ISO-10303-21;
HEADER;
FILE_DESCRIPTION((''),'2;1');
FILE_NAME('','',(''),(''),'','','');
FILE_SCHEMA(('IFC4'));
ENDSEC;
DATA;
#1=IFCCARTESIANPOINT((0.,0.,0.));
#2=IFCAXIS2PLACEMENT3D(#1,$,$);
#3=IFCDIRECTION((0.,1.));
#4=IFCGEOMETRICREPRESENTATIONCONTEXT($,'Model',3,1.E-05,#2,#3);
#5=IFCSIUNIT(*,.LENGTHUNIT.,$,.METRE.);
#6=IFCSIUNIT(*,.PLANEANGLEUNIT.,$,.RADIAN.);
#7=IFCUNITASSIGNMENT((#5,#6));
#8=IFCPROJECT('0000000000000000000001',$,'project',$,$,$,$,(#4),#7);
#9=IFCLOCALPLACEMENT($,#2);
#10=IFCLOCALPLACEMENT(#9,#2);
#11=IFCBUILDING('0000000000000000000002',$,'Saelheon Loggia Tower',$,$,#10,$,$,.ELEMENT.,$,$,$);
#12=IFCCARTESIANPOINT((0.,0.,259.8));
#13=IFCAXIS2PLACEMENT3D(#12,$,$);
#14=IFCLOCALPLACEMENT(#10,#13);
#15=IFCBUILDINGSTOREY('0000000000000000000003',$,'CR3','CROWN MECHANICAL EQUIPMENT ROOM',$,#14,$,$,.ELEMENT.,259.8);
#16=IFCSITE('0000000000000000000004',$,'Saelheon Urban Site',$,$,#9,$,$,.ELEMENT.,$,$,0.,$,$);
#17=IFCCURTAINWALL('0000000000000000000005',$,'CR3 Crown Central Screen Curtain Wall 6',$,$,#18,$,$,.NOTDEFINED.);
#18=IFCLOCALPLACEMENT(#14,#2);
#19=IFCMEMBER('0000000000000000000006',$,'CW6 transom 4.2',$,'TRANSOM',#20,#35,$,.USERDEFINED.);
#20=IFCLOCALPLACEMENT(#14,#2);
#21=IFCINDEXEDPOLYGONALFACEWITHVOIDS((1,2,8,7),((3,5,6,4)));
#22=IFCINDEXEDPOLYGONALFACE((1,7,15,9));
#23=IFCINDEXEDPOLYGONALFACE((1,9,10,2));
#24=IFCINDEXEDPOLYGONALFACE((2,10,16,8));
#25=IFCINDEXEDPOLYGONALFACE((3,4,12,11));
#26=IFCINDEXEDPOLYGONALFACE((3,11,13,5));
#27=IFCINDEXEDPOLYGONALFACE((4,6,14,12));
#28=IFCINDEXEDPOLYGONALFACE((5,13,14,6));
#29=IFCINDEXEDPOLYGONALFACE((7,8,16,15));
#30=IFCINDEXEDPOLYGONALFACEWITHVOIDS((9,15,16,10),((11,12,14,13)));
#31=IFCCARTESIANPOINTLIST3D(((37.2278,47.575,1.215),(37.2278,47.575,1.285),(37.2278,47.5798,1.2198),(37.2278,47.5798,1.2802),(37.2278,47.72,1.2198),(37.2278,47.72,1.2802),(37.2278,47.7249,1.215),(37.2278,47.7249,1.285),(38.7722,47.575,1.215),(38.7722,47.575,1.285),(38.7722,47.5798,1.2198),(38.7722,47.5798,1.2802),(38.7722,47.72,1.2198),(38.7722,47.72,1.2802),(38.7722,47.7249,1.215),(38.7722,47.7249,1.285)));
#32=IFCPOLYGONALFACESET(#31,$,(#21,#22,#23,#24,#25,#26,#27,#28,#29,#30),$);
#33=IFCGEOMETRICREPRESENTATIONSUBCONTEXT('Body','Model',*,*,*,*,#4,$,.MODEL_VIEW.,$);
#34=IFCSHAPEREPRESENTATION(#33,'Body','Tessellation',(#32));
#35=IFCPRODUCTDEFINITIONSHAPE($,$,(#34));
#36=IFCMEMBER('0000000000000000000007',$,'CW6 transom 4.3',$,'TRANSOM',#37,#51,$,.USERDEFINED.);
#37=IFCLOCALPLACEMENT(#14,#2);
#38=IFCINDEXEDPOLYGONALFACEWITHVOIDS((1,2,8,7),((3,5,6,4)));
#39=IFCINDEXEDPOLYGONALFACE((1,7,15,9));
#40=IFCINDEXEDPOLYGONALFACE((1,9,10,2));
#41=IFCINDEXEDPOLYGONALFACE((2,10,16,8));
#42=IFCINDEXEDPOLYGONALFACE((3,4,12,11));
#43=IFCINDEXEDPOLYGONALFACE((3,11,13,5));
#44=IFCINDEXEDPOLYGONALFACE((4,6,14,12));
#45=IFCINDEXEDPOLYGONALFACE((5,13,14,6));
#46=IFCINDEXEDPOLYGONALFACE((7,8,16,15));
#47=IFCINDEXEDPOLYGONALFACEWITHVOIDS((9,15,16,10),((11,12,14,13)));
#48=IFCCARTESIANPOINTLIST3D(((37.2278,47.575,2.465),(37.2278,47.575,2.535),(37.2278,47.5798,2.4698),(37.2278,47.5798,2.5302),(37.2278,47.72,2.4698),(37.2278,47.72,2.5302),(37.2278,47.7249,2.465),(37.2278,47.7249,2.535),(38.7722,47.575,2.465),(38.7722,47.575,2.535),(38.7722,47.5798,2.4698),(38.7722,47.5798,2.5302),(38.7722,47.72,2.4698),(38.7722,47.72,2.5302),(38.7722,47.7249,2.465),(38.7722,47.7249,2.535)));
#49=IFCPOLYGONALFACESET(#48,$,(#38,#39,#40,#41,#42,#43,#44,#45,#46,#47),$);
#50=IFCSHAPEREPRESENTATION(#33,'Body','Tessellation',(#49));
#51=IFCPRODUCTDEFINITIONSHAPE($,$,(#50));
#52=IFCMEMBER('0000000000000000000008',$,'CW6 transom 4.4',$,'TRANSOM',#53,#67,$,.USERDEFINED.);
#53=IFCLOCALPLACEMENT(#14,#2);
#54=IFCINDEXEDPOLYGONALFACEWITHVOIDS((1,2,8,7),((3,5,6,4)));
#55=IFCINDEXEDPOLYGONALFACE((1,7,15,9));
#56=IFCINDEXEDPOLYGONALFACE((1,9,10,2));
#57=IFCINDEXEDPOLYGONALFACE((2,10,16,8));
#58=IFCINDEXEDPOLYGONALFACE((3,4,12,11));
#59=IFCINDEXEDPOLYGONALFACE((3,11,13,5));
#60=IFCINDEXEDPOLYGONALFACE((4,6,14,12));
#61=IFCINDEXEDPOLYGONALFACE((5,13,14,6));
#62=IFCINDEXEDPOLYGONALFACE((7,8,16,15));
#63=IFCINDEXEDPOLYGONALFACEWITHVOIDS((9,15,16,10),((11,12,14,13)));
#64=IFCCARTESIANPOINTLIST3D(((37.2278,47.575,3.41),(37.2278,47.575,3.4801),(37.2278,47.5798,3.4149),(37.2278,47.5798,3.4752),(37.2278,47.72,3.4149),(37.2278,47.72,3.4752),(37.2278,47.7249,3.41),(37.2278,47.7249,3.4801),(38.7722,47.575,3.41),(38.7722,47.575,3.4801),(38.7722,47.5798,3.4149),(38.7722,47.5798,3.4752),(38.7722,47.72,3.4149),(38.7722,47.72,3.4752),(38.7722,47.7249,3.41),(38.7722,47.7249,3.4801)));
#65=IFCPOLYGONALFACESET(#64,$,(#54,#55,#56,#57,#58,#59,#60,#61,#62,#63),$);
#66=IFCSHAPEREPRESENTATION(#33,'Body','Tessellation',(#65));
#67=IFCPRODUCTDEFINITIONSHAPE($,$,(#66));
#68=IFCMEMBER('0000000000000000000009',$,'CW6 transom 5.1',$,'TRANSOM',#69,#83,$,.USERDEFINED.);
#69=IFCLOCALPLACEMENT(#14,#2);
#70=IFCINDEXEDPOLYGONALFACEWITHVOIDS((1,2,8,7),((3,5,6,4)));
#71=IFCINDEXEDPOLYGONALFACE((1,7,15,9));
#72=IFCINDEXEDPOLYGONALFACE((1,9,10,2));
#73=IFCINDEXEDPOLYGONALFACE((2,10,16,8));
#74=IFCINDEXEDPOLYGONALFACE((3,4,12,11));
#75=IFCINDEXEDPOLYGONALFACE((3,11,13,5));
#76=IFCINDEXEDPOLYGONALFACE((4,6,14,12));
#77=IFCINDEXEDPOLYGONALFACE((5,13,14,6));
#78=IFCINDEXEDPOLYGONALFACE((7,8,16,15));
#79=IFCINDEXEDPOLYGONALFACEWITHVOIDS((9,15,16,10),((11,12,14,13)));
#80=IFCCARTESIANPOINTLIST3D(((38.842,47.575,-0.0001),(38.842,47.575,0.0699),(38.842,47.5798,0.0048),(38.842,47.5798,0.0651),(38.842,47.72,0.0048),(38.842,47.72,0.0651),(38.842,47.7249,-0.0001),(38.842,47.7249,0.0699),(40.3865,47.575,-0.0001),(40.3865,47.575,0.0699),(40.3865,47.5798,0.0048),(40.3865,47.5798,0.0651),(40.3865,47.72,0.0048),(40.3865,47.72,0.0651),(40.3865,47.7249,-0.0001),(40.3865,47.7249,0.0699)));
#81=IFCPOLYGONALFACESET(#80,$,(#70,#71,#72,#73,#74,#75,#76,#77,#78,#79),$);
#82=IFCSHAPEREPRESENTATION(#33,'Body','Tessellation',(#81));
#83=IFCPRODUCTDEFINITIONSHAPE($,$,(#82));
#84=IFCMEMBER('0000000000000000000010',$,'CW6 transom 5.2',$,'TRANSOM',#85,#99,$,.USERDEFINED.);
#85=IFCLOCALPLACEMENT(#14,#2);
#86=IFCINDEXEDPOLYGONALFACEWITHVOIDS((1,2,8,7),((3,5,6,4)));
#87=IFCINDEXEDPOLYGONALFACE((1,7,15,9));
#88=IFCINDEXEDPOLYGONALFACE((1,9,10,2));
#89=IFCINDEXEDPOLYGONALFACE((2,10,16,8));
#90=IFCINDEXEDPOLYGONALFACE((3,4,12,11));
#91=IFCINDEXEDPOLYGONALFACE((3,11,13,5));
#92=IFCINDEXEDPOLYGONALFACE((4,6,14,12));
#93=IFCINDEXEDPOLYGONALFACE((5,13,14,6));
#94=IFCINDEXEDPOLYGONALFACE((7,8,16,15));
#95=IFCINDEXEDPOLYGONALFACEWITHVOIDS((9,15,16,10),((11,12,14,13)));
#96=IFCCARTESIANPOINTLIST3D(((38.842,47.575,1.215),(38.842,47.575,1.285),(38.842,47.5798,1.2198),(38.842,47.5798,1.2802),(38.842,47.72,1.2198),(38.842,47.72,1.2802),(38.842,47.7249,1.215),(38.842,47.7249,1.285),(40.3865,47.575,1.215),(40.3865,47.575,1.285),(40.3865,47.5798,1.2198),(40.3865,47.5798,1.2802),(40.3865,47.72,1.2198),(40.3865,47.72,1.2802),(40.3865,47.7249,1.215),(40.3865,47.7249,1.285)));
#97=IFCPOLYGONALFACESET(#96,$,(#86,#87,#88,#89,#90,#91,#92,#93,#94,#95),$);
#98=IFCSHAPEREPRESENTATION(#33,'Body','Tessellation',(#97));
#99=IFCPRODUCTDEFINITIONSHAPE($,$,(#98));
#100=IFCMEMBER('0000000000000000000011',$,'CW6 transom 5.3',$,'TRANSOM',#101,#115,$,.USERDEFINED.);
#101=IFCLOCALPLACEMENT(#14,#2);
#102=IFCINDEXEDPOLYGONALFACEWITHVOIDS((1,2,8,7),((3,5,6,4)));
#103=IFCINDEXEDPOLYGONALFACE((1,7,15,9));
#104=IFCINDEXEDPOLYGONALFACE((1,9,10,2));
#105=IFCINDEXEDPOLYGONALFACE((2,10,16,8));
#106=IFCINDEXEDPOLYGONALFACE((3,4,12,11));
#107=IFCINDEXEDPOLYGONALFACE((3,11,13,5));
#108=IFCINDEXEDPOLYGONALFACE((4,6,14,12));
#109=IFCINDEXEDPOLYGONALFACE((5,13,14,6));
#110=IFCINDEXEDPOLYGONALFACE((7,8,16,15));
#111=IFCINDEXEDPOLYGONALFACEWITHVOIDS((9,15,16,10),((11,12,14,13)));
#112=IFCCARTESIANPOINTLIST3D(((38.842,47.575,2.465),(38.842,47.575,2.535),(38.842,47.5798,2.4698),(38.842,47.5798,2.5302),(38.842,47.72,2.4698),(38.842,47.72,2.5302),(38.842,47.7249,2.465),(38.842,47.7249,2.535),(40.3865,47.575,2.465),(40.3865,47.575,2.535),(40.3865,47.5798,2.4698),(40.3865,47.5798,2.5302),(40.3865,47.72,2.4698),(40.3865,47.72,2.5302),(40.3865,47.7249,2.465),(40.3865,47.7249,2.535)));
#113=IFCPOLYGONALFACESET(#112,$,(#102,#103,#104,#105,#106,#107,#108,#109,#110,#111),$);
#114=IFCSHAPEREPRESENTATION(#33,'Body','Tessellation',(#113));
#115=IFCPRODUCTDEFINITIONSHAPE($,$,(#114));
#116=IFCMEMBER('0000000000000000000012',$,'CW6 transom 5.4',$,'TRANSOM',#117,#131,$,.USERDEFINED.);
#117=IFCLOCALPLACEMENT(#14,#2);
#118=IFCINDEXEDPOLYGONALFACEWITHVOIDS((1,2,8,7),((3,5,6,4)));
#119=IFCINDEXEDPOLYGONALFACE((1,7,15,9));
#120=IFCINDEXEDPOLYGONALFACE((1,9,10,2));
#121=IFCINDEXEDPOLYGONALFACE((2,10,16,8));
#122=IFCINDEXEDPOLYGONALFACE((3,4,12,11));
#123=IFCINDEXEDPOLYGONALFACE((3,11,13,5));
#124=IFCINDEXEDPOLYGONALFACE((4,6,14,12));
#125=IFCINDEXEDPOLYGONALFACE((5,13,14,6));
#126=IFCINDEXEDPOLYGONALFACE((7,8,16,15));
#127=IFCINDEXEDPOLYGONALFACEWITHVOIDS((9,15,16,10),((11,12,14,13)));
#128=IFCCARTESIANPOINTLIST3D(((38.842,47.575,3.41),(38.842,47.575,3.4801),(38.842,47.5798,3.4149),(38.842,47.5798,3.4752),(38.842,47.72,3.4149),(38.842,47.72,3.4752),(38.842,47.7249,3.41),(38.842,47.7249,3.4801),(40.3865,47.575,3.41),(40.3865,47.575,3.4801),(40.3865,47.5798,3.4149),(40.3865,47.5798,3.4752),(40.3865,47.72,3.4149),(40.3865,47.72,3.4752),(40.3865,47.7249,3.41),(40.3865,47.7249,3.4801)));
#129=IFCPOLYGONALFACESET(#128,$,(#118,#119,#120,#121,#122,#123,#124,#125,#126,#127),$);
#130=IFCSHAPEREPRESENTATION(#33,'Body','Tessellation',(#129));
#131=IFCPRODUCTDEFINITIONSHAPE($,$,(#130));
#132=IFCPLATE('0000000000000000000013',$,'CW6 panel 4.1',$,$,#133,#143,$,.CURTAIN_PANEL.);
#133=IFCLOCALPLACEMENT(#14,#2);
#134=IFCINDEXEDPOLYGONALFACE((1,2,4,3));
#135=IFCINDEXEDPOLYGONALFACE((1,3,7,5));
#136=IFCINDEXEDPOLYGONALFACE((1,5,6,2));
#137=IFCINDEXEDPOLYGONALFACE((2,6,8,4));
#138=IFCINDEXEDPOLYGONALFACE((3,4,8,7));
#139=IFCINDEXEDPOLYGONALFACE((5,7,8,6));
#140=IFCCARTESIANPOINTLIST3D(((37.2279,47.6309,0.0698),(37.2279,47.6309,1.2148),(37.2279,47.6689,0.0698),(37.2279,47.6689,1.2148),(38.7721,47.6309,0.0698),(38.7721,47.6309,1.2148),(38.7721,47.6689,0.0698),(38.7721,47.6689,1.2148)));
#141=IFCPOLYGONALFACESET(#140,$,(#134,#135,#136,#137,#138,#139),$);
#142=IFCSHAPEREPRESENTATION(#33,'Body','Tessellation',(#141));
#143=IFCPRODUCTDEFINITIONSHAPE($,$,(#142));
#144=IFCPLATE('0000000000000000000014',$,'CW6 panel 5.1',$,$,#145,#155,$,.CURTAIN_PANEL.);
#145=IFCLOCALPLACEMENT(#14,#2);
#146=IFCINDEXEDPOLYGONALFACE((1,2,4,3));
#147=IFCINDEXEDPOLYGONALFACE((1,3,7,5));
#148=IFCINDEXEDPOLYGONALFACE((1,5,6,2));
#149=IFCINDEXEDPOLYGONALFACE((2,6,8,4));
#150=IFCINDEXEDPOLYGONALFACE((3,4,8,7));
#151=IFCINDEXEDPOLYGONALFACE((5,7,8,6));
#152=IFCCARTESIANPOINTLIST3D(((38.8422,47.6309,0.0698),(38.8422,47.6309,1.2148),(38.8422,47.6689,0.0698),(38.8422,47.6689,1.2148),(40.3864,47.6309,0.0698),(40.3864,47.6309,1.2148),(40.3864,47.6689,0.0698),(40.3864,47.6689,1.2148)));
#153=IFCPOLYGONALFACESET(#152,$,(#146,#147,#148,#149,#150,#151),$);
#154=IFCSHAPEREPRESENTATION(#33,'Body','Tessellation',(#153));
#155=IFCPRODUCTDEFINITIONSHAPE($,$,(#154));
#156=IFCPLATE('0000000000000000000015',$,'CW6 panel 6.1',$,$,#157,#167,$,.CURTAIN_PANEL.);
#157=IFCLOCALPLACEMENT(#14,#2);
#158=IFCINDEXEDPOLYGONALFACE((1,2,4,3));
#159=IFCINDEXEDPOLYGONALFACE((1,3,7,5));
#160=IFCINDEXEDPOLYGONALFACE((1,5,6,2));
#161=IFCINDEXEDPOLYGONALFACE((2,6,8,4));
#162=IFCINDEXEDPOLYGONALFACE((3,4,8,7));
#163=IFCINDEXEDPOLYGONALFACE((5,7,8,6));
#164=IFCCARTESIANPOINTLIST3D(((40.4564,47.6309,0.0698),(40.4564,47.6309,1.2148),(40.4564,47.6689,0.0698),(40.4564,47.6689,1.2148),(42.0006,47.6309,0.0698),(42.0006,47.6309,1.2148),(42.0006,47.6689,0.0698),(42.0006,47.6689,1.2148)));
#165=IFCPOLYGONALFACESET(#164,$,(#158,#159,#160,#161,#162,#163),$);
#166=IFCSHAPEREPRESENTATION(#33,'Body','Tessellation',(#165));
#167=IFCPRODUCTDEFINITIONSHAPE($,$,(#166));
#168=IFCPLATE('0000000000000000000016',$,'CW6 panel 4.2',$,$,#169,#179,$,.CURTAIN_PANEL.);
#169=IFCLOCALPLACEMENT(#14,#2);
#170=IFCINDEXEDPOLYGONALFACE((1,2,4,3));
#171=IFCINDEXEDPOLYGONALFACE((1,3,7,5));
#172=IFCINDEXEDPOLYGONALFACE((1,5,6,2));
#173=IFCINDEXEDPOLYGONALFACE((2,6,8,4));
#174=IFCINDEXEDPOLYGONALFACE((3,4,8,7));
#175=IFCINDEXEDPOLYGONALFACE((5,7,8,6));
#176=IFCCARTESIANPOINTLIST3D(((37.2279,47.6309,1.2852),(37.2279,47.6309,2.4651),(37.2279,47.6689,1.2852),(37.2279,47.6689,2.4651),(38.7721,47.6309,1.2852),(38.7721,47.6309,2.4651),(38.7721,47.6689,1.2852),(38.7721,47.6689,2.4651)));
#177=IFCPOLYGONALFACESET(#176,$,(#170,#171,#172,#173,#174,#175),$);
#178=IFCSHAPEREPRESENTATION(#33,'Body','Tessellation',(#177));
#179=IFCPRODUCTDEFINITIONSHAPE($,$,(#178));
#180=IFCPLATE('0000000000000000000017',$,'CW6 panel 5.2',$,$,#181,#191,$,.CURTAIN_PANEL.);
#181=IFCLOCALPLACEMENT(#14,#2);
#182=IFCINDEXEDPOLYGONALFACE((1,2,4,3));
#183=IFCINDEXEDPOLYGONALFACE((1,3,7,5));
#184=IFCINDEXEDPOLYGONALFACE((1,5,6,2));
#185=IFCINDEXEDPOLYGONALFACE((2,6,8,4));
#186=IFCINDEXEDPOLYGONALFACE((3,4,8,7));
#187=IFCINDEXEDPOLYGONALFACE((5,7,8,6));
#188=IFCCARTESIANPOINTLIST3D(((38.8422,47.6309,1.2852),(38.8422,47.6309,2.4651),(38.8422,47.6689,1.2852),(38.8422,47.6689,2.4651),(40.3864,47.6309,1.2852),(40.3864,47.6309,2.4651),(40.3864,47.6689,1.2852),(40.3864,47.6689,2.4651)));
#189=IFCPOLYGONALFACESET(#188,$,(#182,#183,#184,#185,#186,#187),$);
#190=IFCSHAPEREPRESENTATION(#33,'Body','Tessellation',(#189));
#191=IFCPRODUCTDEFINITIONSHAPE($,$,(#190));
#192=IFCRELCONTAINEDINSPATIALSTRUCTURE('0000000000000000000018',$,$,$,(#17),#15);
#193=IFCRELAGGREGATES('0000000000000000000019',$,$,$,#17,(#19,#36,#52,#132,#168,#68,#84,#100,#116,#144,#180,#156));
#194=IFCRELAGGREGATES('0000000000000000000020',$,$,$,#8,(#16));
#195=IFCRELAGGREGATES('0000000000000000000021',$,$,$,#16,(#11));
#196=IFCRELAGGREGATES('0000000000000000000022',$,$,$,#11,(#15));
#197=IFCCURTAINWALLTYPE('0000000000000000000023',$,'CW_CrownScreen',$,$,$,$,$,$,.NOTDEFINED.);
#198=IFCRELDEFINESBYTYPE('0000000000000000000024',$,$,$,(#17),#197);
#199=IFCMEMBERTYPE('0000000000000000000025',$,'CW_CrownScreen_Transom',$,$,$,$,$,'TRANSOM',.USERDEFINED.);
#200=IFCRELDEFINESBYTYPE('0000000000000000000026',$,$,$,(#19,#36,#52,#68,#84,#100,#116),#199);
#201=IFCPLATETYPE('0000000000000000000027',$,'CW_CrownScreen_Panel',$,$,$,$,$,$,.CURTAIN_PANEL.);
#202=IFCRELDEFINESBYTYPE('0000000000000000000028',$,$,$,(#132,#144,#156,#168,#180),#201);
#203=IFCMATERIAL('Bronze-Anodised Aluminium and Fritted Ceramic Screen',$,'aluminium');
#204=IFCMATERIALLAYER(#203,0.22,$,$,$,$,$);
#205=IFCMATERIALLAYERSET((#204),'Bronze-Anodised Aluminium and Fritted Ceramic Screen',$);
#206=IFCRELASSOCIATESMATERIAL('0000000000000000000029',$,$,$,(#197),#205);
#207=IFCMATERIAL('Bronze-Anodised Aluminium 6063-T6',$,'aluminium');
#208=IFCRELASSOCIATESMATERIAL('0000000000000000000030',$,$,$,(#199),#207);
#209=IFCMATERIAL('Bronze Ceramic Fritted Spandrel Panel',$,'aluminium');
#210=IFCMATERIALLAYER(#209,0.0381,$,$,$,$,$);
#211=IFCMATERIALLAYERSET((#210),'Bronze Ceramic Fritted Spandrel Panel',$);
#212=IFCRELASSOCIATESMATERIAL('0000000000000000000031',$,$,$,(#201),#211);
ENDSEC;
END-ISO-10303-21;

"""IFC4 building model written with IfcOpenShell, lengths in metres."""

from ifc_helpers import new_model, si_unit, direction, frame, origin, origin_2d, place, context, subcontext, project, spatial, rectangle, hollow_rectangle, extrude, source, transform, mapped, material, layer, layer_set, material_profile, profile_set, type_object, element, aggregate, save


model = new_model("IFC4")

# Units and contexts
model_context = context("Model", 3, precision=1e-05, world=origin(), true_north=direction((0.0, 1.0)))
body_context = subcontext(model_context, "Body", "Model", "MODEL_VIEW")
ifc_project = project(units=[si_unit("LENGTHUNIT", "METRE"), si_unit("PLANEANGLEUNIT", "RADIAN")], contexts=[model_context])

# Site, building, storey
site_placement = place(None, origin())
site = spatial("IfcSite", under=ifc_project, at=site_placement, Name="Saelheon Urban Site", CompositionType="ELEMENT", RefElevation=0.0)
building_placement = place(site_placement, origin())
building = spatial("IfcBuilding", under=site, at=building_placement, Name="Saelheon Loggia Tower", CompositionType="ELEMENT")
storey_placement = place(building_placement, frame((0.0, 0.0, 259.8)))
storey = spatial("IfcBuildingStorey", under=building, at=storey_placement, Name="CR3", Description="CROWN MECHANICAL EQUIPMENT ROOM", CompositionType="ELEMENT", Elevation=259.8)

# Curtain wall, members, plates
ifc_material_1 = material(Name="Bronze-Anodised Aluminium and Fritted Ceramic Screen", Category="aluminium")
ifc_layer_1 = layer(ifc_material_1, 0.22)
ifc_layer_set_1 = layer_set([ifc_layer_1], Name="Bronze-Anodised Aluminium and Fritted Ceramic Screen")
curtain_wall_type = type_object("IfcCurtainWallType", Name="CW_CrownScreen", PredefinedType="NOTDEFINED", material=ifc_layer_set_1)
curtain_wall_placement = place(storey_placement, origin())
curtain_wall = element("IfcCurtainWall", 1, at=curtain_wall_placement, inside=storey, type_object=curtain_wall_type, Name="CR3 Crown Central Screen Curtain Wall 6", PredefinedType="NOTDEFINED")
ifc_material_2 = material(Name="Bronze-Anodised Aluminium 6063-T6", Category="aluminium")
ifc_material_profile_1 = material_profile(ifc_material_2, hollow_rectangle(XDim=0.0701, YDim=0.1499, WallThickness=0.0049, at=origin_2d()), Name="RHS-150x70x5")
ifc_profile_set_1 = profile_set([ifc_material_profile_1], Name="Bronze-Anodised Aluminium 6063-T6")
member_type_1 = type_object("IfcMemberType", Name="CW_CrownScreen_Transom", ElementType="TRANSOM", PredefinedType="USERDEFINED", material=ifc_profile_set_1)
shared_shape_1 = source(origin(), body_context, "Body", "SweptSolid", [
    extrude(hollow_rectangle(XDim=0.0701, YDim=0.1499, WallThickness=0.0049, at=origin_2d()), origin(), (0.0, 0.0, 1.0), 1.5444),
])
member_1_placement = place(storey_placement, frame((37.2278, 47.6499, 1.25), z_axis=(1.0, 0.0, 0.0), x_axis=(0.0, 0.0, 1.0)))
member_1 = element("IfcMember", 2, at=member_1_placement, type_object=member_type_1, Name="CW6 transom 4.2", ObjectType="TRANSOM", PredefinedType="USERDEFINED", context=body_context, shape_type="MappedRepresentation", body=[
    mapped(shared_shape_1, transform((0.0, 0.0, 0.0), scale=1.0)),
])
member_2_placement = place(storey_placement, frame((37.2278, 47.6499, 2.5), z_axis=(1.0, 0.0, 0.0), x_axis=(0.0, 0.0, 1.0)))
member_2 = element("IfcMember", 3, at=member_2_placement, type_object=member_type_1, Name="CW6 transom 4.3", ObjectType="TRANSOM", PredefinedType="USERDEFINED", context=body_context, shape_type="MappedRepresentation", body=[
    mapped(shared_shape_1, transform((0.0, 0.0, 0.0), scale=1.0)),
])
member_3_placement = place(storey_placement, frame((37.2278, 47.6499, 3.4451), z_axis=(1.0, 0.0, 0.0), x_axis=(0.0, 0.0, 1.0)))
member_3 = element("IfcMember", 4, at=member_3_placement, type_object=member_type_1, Name="CW6 transom 4.4", ObjectType="TRANSOM", PredefinedType="USERDEFINED", context=body_context, shape_type="MappedRepresentation", body=[
    mapped(shared_shape_1, transform((0.0, 0.0, 0.0), scale=1.0)),
])
member_4_placement = place(storey_placement, frame((38.842, 47.6499, 0.0349), z_axis=(1.0, 0.0, 0.0), x_axis=(0.0, 0.0, 1.0)))
member_4 = element("IfcMember", 5, at=member_4_placement, type_object=member_type_1, Name="CW6 transom 5.1", ObjectType="TRANSOM", PredefinedType="USERDEFINED", context=body_context, shape_type="MappedRepresentation", body=[
    mapped(shared_shape_1, transform((0.0, 0.0, 0.0), scale=1.0)),
])
member_5_placement = place(storey_placement, frame((38.842, 47.6499, 1.25), z_axis=(1.0, 0.0, 0.0), x_axis=(0.0, 0.0, 1.0)))
member_5 = element("IfcMember", 6, at=member_5_placement, type_object=member_type_1, Name="CW6 transom 5.2", ObjectType="TRANSOM", PredefinedType="USERDEFINED", context=body_context, shape_type="MappedRepresentation", body=[
    mapped(shared_shape_1, transform((0.0, 0.0, 0.0), scale=1.0)),
])
member_6_placement = place(storey_placement, frame((38.842, 47.6499, 2.5), z_axis=(1.0, 0.0, 0.0), x_axis=(0.0, 0.0, 1.0)))
member_6 = element("IfcMember", 7, at=member_6_placement, type_object=member_type_1, Name="CW6 transom 5.3", ObjectType="TRANSOM", PredefinedType="USERDEFINED", context=body_context, shape_type="MappedRepresentation", body=[
    mapped(shared_shape_1, transform((0.0, 0.0, 0.0), scale=1.0)),
])
member_7_placement = place(storey_placement, frame((38.842, 47.6499, 3.4451), z_axis=(1.0, 0.0, 0.0), x_axis=(0.0, 0.0, 1.0)))
member_7 = element("IfcMember", 8, at=member_7_placement, type_object=member_type_1, Name="CW6 transom 5.4", ObjectType="TRANSOM", PredefinedType="USERDEFINED", context=body_context, shape_type="MappedRepresentation", body=[
    mapped(shared_shape_1, transform((0.0, 0.0, 0.0), scale=1.0)),
])
ifc_material_3 = material(Name="Bronze Ceramic Fritted Spandrel Panel", Category="aluminium")
ifc_layer_2 = layer(ifc_material_3, 0.0381)
ifc_layer_set_2 = layer_set([ifc_layer_2], Name="Bronze Ceramic Fritted Spandrel Panel")
plate_type = type_object("IfcPlateType", Name="CW_CrownScreen_Panel", PredefinedType="CURTAIN_PANEL", material=ifc_layer_set_2)
shared_shape_2 = source(origin(), body_context, "Body", "SweptSolid", [
    extrude(rectangle(XDim=1.5442, YDim=0.0381, at=origin_2d()), origin(), (0.0, 0.0, 1.0), 1.145),
])
plate_1_placement = place(storey_placement, frame((38.0, 47.6499, 0.0698), z_axis=(0.0, 0.0, 1.0), x_axis=(1.0, 0.0, 0.0)))
plate_1 = element("IfcPlate", 9, at=plate_1_placement, type_object=plate_type, Name="CW6 panel 4.1", PredefinedType="CURTAIN_PANEL", context=body_context, shape_type="MappedRepresentation", body=[
    mapped(shared_shape_2, transform((0.0, 0.0, 0.0), scale=1.0)),
])
plate_2_placement = place(storey_placement, frame((39.6143, 47.6499, 0.0698), z_axis=(0.0, 0.0, 1.0), x_axis=(1.0, 0.0, 0.0)))
plate_2 = element("IfcPlate", 10, at=plate_2_placement, type_object=plate_type, Name="CW6 panel 5.1", PredefinedType="CURTAIN_PANEL", context=body_context, shape_type="MappedRepresentation", body=[
    mapped(shared_shape_2, transform((0.0, 0.0, 0.0), scale=1.0)),
])
plate_3_placement = place(storey_placement, frame((41.2285, 47.6499, 0.0698), z_axis=(0.0, 0.0, 1.0), x_axis=(1.0, 0.0, 0.0)))
plate_3 = element("IfcPlate", 11, at=plate_3_placement, type_object=plate_type, Name="CW6 panel 6.1", PredefinedType="CURTAIN_PANEL", context=body_context, shape_type="MappedRepresentation", body=[
    mapped(shared_shape_2, transform((0.0, 0.0, 0.0), scale=1.0)),
])
shared_shape_3 = source(origin(), body_context, "Body", "SweptSolid", [
    extrude(rectangle(XDim=1.5442, YDim=0.0381, at=origin_2d()), origin(), (0.0, 0.0, 1.0), 1.1799),
])
plate_4_placement = place(storey_placement, frame((38.0, 47.6499, 1.2852), z_axis=(0.0, 0.0, 1.0), x_axis=(1.0, 0.0, 0.0)))
plate_4 = element("IfcPlate", 12, at=plate_4_placement, type_object=plate_type, Name="CW6 panel 4.2", PredefinedType="CURTAIN_PANEL", context=body_context, shape_type="MappedRepresentation", body=[
    mapped(shared_shape_3, transform((0.0, 0.0, 0.0), scale=1.0)),
])
plate_5_placement = place(storey_placement, frame((39.6143, 47.6499, 1.2852), z_axis=(0.0, 0.0, 1.0), x_axis=(1.0, 0.0, 0.0)))
plate_5 = element("IfcPlate", 13, at=plate_5_placement, type_object=plate_type, Name="CW6 panel 5.2", PredefinedType="CURTAIN_PANEL", context=body_context, shape_type="MappedRepresentation", body=[
    mapped(shared_shape_3, transform((0.0, 0.0, 0.0), scale=1.0)),
])
aggregate(curtain_wall, [member_1, member_2, member_3, plate_1, plate_4, member_4, member_5, member_6, member_7, plate_2, plate_5, plate_3])

save(model, "model.ifc")
